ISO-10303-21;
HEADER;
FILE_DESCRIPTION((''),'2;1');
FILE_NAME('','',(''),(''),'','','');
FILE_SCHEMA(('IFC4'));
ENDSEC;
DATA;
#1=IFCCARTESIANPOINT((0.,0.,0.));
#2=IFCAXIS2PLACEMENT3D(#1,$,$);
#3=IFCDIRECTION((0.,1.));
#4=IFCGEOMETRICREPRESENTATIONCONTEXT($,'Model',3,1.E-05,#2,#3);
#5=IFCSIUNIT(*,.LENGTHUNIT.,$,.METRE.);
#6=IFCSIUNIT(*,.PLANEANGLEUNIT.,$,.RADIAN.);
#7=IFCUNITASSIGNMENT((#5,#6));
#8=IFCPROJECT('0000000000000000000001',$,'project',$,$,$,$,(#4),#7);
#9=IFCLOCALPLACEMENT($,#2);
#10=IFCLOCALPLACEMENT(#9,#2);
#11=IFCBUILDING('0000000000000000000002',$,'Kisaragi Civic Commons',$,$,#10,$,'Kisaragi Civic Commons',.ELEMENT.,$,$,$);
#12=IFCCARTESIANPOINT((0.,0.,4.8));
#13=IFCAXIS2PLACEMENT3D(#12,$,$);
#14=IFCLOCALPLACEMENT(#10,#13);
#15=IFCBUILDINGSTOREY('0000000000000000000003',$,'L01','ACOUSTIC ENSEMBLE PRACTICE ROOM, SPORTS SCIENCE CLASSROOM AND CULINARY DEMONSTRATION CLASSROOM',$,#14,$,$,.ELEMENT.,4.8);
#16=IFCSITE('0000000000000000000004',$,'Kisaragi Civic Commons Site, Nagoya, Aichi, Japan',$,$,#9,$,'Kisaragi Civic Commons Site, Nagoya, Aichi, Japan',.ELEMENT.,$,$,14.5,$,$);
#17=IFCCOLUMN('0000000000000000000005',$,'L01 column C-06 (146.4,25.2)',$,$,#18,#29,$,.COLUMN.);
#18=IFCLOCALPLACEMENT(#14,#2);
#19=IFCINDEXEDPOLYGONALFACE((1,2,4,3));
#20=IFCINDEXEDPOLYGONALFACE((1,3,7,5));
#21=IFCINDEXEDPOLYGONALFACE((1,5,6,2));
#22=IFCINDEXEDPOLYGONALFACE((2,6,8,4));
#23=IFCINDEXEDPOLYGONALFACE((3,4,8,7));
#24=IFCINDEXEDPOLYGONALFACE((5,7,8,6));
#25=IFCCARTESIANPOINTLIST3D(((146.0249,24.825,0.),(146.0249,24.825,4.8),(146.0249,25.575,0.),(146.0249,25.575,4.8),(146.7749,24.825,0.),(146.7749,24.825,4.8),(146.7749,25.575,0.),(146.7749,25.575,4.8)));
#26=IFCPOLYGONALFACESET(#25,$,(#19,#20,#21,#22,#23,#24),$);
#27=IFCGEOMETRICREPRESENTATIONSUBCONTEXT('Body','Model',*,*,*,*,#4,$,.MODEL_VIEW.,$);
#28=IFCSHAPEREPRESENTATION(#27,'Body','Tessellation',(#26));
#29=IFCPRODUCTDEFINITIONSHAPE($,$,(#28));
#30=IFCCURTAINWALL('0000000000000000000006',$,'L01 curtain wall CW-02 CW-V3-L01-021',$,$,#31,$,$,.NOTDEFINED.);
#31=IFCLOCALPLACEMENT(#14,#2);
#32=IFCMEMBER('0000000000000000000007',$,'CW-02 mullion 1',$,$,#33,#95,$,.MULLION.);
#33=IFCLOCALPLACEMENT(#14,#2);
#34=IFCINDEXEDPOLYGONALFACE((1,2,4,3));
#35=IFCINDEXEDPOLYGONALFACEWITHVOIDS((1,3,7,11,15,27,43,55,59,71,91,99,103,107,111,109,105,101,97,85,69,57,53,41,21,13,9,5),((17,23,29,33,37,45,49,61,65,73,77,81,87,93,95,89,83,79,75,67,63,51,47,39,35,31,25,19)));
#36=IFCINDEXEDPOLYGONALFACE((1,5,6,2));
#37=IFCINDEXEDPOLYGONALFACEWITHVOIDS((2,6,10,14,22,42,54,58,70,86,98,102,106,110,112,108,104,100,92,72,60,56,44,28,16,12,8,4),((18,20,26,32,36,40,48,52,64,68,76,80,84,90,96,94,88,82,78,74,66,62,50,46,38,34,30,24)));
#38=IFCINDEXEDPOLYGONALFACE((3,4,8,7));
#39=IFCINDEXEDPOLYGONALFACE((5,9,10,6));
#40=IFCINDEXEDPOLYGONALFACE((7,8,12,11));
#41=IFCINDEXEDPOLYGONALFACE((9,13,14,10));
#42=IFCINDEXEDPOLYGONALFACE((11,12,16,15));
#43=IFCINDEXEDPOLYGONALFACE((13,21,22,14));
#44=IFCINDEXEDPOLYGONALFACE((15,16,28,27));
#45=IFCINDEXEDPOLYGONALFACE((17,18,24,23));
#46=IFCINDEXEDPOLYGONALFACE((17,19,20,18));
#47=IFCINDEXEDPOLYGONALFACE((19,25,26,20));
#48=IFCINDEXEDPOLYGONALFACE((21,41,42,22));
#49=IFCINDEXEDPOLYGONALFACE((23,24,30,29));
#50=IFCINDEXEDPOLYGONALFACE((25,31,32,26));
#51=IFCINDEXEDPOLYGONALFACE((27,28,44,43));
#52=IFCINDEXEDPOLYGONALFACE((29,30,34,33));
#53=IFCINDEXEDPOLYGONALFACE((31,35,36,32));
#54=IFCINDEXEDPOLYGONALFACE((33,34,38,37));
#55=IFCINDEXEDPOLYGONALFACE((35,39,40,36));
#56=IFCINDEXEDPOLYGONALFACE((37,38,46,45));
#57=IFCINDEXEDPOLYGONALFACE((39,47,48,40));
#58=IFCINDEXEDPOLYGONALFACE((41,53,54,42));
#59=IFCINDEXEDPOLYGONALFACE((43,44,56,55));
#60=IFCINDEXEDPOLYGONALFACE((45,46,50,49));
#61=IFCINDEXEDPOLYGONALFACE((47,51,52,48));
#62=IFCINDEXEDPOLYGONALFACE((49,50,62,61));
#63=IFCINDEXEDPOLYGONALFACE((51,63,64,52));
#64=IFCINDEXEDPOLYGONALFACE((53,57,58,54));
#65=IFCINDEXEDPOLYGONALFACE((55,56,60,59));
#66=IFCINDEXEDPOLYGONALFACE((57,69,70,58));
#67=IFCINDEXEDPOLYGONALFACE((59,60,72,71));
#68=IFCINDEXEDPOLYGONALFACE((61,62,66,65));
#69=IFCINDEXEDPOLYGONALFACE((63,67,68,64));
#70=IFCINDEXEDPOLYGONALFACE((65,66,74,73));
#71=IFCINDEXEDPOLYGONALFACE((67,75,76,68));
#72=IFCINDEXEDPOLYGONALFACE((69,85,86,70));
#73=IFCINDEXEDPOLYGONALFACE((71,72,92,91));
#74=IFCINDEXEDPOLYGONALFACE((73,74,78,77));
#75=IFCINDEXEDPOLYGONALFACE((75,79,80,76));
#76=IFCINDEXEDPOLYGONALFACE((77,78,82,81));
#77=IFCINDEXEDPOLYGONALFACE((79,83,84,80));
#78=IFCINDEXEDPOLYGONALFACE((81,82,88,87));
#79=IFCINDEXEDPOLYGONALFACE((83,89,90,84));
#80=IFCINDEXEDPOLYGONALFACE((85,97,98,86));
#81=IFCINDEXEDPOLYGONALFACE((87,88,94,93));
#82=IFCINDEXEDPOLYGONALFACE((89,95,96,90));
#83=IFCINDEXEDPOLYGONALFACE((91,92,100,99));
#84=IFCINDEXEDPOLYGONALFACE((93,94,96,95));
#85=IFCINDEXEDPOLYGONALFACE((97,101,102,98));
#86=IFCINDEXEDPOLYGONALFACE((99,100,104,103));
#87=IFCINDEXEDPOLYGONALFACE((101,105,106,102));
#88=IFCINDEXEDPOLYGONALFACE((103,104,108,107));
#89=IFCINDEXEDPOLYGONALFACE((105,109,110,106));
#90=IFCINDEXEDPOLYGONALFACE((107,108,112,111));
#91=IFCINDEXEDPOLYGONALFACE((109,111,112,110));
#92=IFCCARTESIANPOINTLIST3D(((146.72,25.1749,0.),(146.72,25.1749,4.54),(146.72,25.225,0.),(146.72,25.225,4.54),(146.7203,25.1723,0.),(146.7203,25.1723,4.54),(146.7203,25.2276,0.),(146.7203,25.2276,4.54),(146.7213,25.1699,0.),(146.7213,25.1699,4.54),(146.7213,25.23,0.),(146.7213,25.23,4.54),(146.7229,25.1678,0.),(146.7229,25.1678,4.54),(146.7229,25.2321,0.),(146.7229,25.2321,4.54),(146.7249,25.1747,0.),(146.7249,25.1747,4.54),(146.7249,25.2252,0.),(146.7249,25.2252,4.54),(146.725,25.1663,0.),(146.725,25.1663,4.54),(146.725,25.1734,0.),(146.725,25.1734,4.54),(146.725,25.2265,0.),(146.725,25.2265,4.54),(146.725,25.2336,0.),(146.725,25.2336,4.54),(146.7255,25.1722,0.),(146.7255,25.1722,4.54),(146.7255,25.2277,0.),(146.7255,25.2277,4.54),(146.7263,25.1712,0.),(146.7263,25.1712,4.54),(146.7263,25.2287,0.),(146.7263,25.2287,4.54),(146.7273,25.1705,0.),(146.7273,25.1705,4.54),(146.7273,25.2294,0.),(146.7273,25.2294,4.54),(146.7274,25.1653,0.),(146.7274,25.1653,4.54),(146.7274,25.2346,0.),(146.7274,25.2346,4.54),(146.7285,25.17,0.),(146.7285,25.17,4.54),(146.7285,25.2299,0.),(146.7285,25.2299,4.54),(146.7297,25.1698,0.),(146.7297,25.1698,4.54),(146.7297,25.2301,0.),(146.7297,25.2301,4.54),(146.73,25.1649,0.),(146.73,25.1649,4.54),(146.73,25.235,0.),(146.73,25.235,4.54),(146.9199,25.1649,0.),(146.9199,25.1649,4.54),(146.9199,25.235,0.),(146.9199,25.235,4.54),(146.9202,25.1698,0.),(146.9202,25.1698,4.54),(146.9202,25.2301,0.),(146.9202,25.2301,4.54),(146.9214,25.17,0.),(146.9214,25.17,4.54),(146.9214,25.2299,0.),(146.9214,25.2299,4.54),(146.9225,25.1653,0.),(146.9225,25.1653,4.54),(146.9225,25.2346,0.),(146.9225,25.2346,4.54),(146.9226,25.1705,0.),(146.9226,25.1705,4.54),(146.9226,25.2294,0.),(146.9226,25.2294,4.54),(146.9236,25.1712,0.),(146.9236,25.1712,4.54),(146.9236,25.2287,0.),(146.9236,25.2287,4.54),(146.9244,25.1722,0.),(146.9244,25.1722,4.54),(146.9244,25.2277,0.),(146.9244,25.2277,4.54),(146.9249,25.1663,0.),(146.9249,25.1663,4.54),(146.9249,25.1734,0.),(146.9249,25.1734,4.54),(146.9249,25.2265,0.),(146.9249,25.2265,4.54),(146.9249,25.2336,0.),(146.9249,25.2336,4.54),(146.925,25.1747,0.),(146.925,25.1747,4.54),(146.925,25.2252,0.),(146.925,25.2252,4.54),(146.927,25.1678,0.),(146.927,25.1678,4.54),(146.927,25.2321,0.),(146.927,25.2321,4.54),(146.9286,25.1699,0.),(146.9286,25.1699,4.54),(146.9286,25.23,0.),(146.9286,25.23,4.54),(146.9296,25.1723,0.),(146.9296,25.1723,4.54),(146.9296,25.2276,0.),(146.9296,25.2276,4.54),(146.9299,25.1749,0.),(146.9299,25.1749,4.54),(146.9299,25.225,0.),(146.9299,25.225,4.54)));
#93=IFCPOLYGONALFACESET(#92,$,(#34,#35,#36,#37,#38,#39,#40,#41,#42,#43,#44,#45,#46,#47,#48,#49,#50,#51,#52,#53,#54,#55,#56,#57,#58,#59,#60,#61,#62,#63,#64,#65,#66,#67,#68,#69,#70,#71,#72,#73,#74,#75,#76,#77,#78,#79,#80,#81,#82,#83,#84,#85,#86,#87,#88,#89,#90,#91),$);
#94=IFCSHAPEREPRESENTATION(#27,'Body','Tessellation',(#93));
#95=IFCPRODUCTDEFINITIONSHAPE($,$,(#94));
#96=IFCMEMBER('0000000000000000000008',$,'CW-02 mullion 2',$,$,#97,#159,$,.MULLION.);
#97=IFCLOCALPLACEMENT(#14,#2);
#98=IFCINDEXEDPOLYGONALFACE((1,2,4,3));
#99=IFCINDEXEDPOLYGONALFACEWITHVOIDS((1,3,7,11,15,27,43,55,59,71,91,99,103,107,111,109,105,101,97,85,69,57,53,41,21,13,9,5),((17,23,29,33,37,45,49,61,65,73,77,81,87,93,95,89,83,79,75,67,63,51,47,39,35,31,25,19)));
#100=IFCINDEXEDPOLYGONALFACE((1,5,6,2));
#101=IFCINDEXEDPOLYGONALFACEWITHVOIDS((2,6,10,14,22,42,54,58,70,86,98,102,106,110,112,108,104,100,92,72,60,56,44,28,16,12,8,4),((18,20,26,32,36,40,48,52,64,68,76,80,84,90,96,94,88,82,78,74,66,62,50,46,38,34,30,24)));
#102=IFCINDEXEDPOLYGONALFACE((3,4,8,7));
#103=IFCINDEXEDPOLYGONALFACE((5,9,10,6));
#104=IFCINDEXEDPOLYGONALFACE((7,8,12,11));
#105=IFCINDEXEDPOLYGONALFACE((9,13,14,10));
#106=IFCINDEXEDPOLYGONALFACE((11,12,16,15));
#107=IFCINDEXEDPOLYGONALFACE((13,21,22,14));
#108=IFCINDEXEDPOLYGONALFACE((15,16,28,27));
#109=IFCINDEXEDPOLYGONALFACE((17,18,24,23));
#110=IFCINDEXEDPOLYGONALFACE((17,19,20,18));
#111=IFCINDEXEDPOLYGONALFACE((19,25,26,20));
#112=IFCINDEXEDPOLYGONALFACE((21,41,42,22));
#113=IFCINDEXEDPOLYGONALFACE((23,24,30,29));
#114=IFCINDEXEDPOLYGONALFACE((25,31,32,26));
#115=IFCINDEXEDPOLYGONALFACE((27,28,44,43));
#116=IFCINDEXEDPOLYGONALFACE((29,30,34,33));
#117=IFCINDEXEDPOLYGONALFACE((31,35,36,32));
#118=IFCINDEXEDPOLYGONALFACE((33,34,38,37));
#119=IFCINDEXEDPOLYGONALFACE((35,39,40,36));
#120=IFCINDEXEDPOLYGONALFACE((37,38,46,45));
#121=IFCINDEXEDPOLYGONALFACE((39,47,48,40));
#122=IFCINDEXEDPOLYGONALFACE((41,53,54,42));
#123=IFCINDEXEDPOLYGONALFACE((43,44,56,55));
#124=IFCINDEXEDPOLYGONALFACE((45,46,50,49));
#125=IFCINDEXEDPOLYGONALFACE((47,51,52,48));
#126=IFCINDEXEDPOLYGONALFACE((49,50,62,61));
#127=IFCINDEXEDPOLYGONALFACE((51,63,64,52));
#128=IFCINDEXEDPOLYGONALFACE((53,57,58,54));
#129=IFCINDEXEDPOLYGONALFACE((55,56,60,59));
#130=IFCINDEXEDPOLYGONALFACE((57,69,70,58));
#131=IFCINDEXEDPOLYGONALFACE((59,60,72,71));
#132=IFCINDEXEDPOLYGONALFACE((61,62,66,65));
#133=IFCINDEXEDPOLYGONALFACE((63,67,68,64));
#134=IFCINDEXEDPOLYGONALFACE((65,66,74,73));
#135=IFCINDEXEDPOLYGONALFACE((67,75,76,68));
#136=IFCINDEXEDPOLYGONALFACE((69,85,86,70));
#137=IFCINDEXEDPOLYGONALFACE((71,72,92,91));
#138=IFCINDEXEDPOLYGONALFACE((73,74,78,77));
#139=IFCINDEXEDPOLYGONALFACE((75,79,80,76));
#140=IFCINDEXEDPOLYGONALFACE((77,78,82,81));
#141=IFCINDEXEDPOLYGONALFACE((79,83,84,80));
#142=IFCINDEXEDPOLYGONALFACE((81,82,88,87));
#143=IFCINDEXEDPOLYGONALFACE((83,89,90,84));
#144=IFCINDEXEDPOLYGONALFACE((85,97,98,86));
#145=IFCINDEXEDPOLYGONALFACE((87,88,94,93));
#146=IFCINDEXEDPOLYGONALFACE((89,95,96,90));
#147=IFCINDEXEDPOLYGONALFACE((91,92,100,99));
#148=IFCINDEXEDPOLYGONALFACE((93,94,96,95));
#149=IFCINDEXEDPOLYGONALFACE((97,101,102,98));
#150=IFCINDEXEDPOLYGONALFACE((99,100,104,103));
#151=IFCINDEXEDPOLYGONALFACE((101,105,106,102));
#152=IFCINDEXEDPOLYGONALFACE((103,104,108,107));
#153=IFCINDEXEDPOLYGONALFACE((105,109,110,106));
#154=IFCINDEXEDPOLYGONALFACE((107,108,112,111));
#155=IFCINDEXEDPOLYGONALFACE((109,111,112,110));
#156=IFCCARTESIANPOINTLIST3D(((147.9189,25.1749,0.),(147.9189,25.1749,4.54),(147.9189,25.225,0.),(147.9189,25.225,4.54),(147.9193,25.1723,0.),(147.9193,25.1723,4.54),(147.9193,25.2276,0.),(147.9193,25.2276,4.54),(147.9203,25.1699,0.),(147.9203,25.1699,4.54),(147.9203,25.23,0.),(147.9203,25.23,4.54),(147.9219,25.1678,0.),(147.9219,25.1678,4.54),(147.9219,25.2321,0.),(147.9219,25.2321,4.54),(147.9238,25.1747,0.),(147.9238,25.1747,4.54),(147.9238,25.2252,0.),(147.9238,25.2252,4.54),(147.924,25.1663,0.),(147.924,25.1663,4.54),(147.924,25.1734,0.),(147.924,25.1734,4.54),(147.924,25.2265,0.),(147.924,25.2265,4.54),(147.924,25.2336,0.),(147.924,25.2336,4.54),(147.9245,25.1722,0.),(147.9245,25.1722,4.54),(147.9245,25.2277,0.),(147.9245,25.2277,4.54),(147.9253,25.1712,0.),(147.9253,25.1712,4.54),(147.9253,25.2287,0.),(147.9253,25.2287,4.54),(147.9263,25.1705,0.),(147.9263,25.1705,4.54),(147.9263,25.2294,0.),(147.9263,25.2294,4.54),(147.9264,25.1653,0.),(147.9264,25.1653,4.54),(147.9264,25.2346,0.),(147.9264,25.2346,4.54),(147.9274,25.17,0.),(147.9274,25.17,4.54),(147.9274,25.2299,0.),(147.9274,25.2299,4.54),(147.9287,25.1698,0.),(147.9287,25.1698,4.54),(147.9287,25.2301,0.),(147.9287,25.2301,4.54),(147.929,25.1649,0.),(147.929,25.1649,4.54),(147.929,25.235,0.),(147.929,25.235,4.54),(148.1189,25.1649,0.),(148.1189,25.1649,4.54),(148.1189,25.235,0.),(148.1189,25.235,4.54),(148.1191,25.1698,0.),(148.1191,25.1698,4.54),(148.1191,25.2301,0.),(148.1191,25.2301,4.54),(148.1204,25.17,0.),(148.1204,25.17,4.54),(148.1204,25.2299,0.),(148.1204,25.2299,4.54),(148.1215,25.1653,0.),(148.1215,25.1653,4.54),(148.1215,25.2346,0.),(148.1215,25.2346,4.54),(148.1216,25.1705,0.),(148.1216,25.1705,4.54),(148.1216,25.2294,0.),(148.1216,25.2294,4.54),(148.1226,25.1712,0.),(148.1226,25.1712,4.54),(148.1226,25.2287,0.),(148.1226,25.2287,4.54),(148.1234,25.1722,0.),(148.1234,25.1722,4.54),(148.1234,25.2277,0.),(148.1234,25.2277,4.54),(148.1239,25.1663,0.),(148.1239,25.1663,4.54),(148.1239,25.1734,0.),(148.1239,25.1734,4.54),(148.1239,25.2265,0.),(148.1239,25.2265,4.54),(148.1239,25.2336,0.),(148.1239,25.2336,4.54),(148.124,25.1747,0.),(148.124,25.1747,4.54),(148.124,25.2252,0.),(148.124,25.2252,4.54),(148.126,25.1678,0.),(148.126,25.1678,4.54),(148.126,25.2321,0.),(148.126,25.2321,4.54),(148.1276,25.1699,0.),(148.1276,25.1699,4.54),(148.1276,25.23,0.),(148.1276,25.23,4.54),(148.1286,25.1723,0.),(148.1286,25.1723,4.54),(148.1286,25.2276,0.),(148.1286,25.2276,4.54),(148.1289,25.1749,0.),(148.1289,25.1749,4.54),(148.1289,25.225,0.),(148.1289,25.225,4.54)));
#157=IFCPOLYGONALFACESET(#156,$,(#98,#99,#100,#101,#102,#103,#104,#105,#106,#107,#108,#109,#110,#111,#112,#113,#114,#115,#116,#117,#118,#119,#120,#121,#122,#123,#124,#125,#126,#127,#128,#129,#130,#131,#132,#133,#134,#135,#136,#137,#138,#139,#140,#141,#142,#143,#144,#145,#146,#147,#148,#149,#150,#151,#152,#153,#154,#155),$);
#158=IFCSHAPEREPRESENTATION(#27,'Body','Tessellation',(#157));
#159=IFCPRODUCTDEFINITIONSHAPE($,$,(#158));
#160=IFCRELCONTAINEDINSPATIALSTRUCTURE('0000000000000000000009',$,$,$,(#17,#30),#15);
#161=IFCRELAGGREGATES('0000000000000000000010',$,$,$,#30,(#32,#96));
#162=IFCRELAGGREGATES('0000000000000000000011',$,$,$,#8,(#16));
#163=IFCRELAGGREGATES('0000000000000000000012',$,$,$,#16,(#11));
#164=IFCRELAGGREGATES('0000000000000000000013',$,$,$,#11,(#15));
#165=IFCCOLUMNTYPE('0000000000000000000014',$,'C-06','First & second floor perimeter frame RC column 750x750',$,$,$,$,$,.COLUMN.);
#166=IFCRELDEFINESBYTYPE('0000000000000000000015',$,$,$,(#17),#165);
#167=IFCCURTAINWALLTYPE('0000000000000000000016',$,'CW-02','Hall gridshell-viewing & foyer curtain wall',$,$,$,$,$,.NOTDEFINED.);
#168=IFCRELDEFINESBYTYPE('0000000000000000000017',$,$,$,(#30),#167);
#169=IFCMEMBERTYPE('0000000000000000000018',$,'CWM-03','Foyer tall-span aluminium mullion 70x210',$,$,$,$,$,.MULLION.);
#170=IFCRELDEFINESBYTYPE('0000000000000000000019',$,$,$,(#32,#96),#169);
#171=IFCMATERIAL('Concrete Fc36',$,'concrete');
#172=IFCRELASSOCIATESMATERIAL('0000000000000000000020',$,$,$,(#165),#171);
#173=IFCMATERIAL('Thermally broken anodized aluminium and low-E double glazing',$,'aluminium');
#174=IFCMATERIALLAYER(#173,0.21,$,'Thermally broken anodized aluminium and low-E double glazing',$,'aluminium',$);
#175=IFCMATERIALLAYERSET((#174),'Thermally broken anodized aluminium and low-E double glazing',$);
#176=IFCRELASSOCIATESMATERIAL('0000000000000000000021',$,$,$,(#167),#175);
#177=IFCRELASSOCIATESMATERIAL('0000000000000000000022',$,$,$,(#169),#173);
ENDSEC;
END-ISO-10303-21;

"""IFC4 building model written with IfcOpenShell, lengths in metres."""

from ifc_helpers import new_model, si_unit, direction, frame, origin, origin_2d, place, context, subcontext, project, spatial, rectangle, hollow_rectangle, extrude, material, layer, layer_set, material_profile, profile_set, type_object, element, aggregate, save


model = new_model("IFC4")

# Units and contexts
model_context = context("Model", 3, precision=1e-05, world=origin(), true_north=direction((0.0, 1.0)))
body_context = subcontext(model_context, "Body", "Model", "MODEL_VIEW")
ifc_project = project(units=[si_unit("LENGTHUNIT", "METRE"), si_unit("PLANEANGLEUNIT", "RADIAN")], contexts=[model_context])

# Site, building, storey
site_placement = place(None, origin())
site = spatial("IfcSite", under=ifc_project, at=site_placement, Name="Kisaragi Civic Commons Site, Nagoya, Aichi, Japan", LongName="Kisaragi Civic Commons Site, Nagoya, Aichi, Japan", CompositionType="ELEMENT", RefElevation=14.5)
building_placement = place(site_placement, origin())
building = spatial("IfcBuilding", under=site, at=building_placement, Name="Kisaragi Civic Commons", LongName="Kisaragi Civic Commons", CompositionType="ELEMENT")
storey_placement = place(building_placement, frame((0.0, 0.0, 4.8)))
storey = spatial("IfcBuildingStorey", under=building, at=storey_placement, Name="L01", Description="ACOUSTIC ENSEMBLE PRACTICE ROOM, SPORTS SCIENCE CLASSROOM AND CULINARY DEMONSTRATION CLASSROOM", CompositionType="ELEMENT", Elevation=4.8)

# Column
ifc_material_1 = material(Name="Concrete Fc36", Category="concrete")
ifc_material_profile_1 = material_profile(ifc_material_1, rectangle(XDim=0.75, YDim=0.75, at=origin_2d()), Name="RC-750x750", Category="concrete")
ifc_profile_set_1 = profile_set([ifc_material_profile_1], Name="Concrete Fc36")
column_type = type_object("IfcColumnType", Name="C-06", Description="First & second floor perimeter frame RC column 750x750", PredefinedType="COLUMN", material=ifc_profile_set_1)
column_placement = place(storey_placement, frame((146.3999, 25.2, 0.0), z_axis=(0.0, 0.0, 1.0), x_axis=(1.0, 0.0, 0.0)))
element("IfcColumn", 1, at=column_placement, inside=storey, type_object=column_type, Name="L01 column C-06 (146.4,25.2)", PredefinedType="COLUMN", context=body_context, shape_type="SweptSolid", body=[
    extrude(rectangle(XDim=0.75, YDim=0.75, at=origin_2d()), origin(), (0.0, 0.0, 1.0), 4.8),
])

# Curtain wall, members
ifc_material_2 = material(Name="Thermally broken anodized aluminium and low-E double glazing", Category="aluminium")
ifc_layer_1 = layer(ifc_material_2, 0.21, Name="Thermally broken anodized aluminium and low-E double glazing", Category="aluminium")
ifc_layer_set_1 = layer_set([ifc_layer_1], Name="Thermally broken anodized aluminium and low-E double glazing")
curtain_wall_type = type_object("IfcCurtainWallType", Name="CW-02", Description="Hall gridshell-viewing & foyer curtain wall", PredefinedType="NOTDEFINED", material=ifc_layer_set_1)
curtain_wall_placement = place(storey_placement, origin())
curtain_wall = element("IfcCurtainWall", 2, at=curtain_wall_placement, inside=storey, type_object=curtain_wall_type, Name="L01 curtain wall CW-02 CW-V3-L01-021", PredefinedType="NOTDEFINED")
ifc_material_profile_2 = material_profile(ifc_material_2, hollow_rectangle(XDim=0.0701, YDim=0.21, WallThickness=0.0049, InnerFilletRadius=0.0049, OuterFilletRadius=0.01, at=origin_2d()), Name="CWM-70x210x5", Category="aluminium")
ifc_profile_set_2 = profile_set([ifc_material_profile_2], Name="Thermally broken anodized aluminium and low-E double glazing")
member_type_1 = type_object("IfcMemberType", Name="CWM-03", Description="Foyer tall-span aluminium mullion 70x210", PredefinedType="MULLION", material=ifc_profile_set_2)
member_1_placement = place(storey_placement, frame((146.825, 25.2, 0.0), z_axis=(0.0, 0.0, 1.0), x_axis=(0.0, 1.0, 0.0)))
member_1 = element("IfcMember", 3, at=member_1_placement, type_object=member_type_1, Name="CW-02 mullion 1", PredefinedType="MULLION", context=body_context, shape_type="SweptSolid", body=[
    extrude(hollow_rectangle(XDim=0.0701, YDim=0.21, WallThickness=0.0049, InnerFilletRadius=0.0049, OuterFilletRadius=0.01, at=origin_2d()), origin(), (0.0, 0.0, 1.0), 4.54),
])
member_2_placement = place(storey_placement, frame((148.0239, 25.2, 0.0), z_axis=(0.0, 0.0, 1.0), x_axis=(0.0, 1.0, 0.0)))
member_2 = element("IfcMember", 4, at=member_2_placement, type_object=member_type_1, Name="CW-02 mullion 2", PredefinedType="MULLION", context=body_context, shape_type="SweptSolid", body=[
    extrude(hollow_rectangle(XDim=0.0701, YDim=0.21, WallThickness=0.0049, InnerFilletRadius=0.0049, OuterFilletRadius=0.01, at=origin_2d()), origin(), (0.0, 0.0, 1.0), 4.54),
])

aggregate(curtain_wall, [member_1, member_2])

save(model, "model.ifc")
